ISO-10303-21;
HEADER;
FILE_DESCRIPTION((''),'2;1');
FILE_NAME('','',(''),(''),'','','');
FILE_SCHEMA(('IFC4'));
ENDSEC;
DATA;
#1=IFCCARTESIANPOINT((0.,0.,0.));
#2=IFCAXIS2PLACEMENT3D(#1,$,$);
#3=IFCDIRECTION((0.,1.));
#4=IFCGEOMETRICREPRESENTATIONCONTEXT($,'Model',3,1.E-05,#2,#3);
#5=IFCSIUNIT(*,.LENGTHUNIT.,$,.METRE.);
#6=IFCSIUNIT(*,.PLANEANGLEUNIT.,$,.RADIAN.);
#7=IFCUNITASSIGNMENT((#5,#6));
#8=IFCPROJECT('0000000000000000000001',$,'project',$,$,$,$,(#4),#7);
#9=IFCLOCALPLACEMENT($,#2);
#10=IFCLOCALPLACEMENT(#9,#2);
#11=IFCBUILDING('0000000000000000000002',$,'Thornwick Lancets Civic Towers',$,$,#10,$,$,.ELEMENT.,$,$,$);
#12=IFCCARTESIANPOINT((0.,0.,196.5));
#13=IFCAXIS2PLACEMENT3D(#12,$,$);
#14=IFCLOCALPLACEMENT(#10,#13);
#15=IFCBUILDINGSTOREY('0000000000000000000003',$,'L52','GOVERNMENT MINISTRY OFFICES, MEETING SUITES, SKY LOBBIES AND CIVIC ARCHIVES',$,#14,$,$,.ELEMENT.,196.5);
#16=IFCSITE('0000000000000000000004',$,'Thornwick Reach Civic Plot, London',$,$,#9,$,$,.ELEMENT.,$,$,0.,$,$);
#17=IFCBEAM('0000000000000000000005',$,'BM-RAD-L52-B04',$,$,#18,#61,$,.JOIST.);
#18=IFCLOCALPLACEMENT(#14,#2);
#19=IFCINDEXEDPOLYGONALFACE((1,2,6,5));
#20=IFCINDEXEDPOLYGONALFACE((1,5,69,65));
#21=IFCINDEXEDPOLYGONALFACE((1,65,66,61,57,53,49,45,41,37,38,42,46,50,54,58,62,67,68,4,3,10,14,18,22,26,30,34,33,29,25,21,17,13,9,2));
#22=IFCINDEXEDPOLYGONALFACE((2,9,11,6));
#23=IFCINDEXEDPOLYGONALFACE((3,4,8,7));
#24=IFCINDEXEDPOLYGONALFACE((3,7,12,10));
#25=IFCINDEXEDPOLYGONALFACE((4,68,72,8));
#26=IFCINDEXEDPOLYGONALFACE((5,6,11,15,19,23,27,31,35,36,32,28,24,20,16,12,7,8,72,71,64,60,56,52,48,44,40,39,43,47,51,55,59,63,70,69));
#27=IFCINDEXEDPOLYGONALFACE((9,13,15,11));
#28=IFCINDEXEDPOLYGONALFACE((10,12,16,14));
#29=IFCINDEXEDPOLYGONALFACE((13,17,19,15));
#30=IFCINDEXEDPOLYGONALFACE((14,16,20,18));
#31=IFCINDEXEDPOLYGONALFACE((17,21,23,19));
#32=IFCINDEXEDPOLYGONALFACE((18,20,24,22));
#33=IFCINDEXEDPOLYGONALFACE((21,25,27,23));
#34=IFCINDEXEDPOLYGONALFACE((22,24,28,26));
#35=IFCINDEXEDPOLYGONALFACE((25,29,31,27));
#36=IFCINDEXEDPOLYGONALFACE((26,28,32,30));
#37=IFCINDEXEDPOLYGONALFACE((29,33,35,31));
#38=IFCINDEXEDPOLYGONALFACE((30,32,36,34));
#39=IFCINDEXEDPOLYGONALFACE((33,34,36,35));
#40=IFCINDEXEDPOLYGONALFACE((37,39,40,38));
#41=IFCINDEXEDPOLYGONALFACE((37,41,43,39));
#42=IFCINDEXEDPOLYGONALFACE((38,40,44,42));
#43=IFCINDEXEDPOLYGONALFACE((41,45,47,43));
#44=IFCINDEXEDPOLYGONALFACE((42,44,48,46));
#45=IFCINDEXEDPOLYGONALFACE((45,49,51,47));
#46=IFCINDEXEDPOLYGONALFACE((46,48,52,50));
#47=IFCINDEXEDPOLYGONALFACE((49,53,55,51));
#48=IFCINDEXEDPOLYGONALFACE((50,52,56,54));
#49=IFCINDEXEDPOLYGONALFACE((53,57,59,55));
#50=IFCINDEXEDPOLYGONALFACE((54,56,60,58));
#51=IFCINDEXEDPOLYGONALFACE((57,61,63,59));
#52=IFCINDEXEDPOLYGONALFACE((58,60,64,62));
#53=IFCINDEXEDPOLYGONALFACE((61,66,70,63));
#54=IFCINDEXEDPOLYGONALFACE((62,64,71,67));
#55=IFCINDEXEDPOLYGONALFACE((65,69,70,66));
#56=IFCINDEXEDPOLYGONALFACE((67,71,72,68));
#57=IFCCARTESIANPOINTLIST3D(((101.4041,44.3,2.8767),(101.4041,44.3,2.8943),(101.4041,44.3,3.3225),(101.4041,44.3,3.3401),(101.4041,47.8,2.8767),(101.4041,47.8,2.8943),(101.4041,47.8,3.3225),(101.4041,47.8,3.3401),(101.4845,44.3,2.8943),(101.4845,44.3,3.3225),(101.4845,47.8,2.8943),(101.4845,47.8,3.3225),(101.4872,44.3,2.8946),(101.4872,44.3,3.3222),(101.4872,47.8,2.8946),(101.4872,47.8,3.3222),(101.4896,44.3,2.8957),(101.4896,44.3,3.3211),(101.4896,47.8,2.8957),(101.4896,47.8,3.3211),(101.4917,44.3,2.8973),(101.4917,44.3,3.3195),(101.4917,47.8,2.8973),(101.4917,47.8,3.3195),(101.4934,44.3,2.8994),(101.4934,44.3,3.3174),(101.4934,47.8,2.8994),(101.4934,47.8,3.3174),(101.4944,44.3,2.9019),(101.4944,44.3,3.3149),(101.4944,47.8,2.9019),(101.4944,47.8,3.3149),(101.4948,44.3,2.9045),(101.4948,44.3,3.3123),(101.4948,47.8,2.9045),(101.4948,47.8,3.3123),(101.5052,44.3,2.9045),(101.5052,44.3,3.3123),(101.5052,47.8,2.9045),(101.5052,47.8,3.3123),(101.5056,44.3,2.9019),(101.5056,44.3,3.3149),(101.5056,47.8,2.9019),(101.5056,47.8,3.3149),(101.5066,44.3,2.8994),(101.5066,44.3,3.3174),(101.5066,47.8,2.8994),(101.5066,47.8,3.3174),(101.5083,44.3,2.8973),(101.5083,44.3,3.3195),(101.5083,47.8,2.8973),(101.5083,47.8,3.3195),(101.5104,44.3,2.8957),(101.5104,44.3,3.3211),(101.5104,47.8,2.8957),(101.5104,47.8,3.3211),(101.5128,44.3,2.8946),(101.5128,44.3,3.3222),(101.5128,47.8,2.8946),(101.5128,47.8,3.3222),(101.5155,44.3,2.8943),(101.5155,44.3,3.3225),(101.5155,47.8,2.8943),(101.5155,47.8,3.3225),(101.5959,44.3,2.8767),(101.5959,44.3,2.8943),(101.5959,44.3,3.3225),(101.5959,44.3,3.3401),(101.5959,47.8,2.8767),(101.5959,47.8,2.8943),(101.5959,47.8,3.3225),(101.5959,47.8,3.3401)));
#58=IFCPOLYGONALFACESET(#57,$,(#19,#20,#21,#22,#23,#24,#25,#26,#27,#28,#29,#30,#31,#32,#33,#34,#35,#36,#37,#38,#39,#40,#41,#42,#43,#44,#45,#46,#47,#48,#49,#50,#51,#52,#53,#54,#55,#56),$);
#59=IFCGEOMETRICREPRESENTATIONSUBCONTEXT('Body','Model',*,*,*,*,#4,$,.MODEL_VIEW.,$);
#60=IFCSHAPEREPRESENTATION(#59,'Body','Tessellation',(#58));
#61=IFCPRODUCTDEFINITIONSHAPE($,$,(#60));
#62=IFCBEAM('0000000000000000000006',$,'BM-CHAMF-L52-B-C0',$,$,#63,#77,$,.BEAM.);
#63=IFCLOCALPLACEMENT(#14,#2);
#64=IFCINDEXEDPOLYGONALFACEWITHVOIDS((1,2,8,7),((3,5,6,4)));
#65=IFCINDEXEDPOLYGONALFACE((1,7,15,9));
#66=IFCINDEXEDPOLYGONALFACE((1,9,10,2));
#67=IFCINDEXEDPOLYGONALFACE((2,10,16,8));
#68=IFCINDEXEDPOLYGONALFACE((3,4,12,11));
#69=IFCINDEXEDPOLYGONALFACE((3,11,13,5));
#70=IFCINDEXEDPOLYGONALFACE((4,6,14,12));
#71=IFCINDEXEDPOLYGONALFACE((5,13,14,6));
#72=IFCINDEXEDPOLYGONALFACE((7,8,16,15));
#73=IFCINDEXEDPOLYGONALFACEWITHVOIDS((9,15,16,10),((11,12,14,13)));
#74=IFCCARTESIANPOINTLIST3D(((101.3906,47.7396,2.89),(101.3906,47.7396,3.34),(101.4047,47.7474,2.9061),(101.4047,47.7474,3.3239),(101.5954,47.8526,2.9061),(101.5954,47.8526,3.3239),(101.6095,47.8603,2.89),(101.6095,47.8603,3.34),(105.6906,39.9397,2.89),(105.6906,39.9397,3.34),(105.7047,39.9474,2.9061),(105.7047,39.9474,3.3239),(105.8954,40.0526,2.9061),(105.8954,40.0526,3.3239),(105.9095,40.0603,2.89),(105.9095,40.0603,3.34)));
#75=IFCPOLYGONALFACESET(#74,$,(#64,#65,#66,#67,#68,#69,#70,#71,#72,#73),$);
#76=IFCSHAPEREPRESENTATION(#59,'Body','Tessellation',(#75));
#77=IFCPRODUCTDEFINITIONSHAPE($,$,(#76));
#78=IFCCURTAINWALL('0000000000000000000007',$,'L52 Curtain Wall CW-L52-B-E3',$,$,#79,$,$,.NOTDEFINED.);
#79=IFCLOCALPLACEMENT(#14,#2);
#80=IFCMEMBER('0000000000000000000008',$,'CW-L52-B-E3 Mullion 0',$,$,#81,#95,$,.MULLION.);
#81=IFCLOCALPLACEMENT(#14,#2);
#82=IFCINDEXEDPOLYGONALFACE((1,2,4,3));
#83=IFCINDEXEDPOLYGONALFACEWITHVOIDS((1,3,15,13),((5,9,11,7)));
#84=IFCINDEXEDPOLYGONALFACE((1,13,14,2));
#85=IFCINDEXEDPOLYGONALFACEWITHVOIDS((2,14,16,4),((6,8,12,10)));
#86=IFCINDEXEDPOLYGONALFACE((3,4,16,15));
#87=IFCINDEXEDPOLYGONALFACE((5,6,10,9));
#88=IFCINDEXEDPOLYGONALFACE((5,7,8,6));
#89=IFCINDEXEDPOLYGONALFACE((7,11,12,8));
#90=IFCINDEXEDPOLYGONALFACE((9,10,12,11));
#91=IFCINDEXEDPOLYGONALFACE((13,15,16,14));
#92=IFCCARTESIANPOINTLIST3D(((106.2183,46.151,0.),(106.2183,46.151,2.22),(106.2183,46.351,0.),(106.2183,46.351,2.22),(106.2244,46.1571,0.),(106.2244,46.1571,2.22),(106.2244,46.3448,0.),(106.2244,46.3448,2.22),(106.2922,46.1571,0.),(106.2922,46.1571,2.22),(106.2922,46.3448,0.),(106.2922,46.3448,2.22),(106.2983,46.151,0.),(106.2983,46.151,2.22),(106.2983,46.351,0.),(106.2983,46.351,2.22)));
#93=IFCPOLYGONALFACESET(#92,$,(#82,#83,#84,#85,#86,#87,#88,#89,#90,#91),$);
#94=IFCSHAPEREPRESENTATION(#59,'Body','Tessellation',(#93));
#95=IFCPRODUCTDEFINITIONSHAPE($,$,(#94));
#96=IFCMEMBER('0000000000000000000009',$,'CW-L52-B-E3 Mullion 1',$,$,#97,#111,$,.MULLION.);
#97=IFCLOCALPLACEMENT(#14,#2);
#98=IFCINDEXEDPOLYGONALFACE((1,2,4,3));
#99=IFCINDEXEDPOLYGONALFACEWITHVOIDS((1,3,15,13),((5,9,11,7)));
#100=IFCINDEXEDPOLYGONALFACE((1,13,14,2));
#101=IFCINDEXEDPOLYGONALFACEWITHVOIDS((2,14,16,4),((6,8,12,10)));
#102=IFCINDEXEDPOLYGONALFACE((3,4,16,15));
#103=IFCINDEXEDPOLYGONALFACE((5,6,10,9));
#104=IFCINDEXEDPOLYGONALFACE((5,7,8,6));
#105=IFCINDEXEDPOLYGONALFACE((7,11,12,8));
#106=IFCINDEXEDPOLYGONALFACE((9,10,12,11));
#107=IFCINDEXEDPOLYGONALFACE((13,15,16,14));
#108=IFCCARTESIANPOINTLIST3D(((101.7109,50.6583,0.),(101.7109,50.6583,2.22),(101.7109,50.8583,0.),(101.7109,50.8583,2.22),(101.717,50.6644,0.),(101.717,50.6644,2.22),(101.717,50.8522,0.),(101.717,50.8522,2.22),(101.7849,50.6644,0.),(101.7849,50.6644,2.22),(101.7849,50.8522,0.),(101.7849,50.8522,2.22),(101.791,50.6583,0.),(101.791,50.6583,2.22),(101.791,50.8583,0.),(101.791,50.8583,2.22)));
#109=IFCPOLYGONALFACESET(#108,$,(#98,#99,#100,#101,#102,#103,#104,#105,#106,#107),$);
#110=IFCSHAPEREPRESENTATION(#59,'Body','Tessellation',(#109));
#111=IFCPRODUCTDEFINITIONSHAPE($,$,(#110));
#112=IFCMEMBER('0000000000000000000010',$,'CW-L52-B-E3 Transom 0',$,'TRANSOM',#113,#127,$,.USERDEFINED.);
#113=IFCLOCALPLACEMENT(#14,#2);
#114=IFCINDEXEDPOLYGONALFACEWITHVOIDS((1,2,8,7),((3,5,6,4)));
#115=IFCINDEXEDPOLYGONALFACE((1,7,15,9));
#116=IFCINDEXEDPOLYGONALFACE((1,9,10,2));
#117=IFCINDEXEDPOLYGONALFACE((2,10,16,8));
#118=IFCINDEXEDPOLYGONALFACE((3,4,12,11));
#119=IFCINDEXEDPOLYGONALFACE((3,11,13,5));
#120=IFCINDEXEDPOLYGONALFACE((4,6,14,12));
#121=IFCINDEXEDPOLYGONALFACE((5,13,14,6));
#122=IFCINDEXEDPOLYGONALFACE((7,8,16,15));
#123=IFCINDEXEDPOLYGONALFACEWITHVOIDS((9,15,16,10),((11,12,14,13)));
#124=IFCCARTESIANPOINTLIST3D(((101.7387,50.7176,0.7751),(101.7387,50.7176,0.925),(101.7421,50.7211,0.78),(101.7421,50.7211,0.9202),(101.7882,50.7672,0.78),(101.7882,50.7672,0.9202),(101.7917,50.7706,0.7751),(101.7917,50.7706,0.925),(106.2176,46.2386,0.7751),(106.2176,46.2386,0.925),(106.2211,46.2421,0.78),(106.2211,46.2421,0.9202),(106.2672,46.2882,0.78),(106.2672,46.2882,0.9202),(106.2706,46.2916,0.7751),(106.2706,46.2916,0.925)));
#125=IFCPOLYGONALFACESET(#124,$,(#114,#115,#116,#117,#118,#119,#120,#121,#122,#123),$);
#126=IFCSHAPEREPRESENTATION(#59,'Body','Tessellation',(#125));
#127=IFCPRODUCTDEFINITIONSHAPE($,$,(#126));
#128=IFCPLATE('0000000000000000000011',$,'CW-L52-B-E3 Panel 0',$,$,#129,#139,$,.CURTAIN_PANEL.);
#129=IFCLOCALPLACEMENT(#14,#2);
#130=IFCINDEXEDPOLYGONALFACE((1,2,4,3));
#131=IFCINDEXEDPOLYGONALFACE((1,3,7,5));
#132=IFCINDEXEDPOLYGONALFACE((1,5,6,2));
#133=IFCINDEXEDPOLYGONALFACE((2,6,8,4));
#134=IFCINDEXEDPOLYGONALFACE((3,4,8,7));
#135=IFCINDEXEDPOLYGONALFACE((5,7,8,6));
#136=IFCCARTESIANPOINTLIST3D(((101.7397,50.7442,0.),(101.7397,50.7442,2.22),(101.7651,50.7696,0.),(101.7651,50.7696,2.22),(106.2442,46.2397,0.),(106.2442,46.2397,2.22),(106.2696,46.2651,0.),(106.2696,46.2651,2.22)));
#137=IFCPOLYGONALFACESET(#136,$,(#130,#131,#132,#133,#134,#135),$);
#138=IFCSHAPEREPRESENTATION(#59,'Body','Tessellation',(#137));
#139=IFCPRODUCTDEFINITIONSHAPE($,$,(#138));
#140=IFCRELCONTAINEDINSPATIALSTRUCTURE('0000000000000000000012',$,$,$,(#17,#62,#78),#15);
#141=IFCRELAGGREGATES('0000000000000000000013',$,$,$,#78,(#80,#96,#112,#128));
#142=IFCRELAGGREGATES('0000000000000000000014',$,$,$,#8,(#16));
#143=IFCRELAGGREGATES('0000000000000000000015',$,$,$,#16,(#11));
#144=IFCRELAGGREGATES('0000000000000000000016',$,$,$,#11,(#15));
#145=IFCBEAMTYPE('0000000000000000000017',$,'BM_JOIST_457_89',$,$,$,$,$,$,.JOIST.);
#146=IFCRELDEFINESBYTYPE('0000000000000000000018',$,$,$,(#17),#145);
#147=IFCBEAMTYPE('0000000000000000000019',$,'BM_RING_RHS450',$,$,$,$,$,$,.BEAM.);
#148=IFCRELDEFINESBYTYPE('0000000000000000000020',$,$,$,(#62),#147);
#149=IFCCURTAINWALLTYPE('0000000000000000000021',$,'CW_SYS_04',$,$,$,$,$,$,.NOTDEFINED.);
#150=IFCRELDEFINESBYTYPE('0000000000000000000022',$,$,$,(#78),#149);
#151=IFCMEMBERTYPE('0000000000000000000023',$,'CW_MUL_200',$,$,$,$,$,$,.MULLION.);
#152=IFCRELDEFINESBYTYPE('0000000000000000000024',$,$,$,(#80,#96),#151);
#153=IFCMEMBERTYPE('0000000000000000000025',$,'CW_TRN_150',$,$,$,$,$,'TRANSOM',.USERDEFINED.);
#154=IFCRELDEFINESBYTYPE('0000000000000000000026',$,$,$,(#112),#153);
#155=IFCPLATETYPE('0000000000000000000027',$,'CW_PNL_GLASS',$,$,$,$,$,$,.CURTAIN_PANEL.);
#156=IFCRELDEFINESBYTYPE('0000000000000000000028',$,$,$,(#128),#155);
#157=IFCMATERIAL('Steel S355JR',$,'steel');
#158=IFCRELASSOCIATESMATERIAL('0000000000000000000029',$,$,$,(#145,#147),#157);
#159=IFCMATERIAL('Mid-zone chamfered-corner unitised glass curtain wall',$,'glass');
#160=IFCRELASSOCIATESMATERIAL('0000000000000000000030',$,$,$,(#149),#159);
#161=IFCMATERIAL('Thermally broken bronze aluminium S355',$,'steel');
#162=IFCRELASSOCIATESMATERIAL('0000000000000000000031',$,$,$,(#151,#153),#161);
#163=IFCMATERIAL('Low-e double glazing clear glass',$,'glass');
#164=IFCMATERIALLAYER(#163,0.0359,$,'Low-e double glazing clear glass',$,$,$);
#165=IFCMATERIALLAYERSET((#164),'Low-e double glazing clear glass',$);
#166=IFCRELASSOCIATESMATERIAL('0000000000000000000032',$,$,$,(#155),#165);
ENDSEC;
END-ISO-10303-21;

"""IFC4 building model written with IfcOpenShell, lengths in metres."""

from ifc_helpers import new_model, si_unit, direction, frame, origin, origin_2d, place, context, subcontext, project, spatial, rectangle, hollow_rectangle, i_section, extrude, material, layer, layer_set, material_profile, profile_set, type_object, element, aggregate, save


model = new_model("IFC4")

# Units and contexts
model_context = context("Model", 3, precision=1e-05, world=origin(), true_north=direction((0.0, 1.0)))
body_context = subcontext(model_context, "Body", "Model", "MODEL_VIEW")
ifc_project = project(units=[si_unit("LENGTHUNIT", "METRE"), si_unit("PLANEANGLEUNIT", "RADIAN")], contexts=[model_context])

# Site, building, storey
site_placement = place(None, origin())
site = spatial("IfcSite", under=ifc_project, at=site_placement, Name="Thornwick Reach Civic Plot, London", CompositionType="ELEMENT", RefElevation=0.0)
building_placement = place(site_placement, origin())
building = spatial("IfcBuilding", under=site, at=building_placement, Name="Thornwick Lancets Civic Towers", CompositionType="ELEMENT")
storey_placement = place(building_placement, frame((0.0, 0.0, 196.5)))
storey = spatial("IfcBuildingStorey", under=building, at=storey_placement, Name="L52", Description="GOVERNMENT MINISTRY OFFICES, MEETING SUITES, SKY LOBBIES AND CIVIC ARCHIVES", CompositionType="ELEMENT", Elevation=196.5)

# Beams
ifc_material_1 = material(Name="Steel S355JR", Category="steel")
ifc_material_profile_1 = material_profile(ifc_material_1, i_section(OverallWidth=0.1919, OverallDepth=0.4634, WebThickness=0.0105, FlangeThickness=0.0176, FilletRadius=0.0103, at=origin_2d()), Name="UKB 457x191x89")
ifc_profile_set_1 = profile_set([ifc_material_profile_1], Name="Steel S355JR")
beam_type_1 = type_object("IfcBeamType", Name="BM_JOIST_457_89", PredefinedType="JOIST", material=ifc_profile_set_1)
beam_1_placement = place(storey_placement, frame((101.5, 44.3, 3.1084), z_axis=(0.0, 1.0, 0.0), x_axis=(-1.0, 0.0, 0.0)))
element("IfcBeam", 1, at=beam_1_placement, inside=storey, type_object=beam_type_1, Name="BM-RAD-L52-B04", PredefinedType="JOIST", context=body_context, shape_type="SweptSolid", body=[
    extrude(i_section(OverallWidth=0.1919, OverallDepth=0.4634, WebThickness=0.0105, FlangeThickness=0.0176, FilletRadius=0.0103, at=origin_2d()), origin(), (0.0, 0.0, 1.0), 3.5),
])
ifc_material_profile_2 = material_profile(ifc_material_1, hollow_rectangle(XDim=0.25, YDim=0.45, WallThickness=0.0161, at=origin_2d()), Name="RHS 450x250x16")
ifc_profile_set_2 = profile_set([ifc_material_profile_2], Name="Steel S355JR")
beam_type_2 = type_object("IfcBeamType", Name="BM_RING_RHS450", PredefinedType="BEAM", material=ifc_profile_set_2)
beam_2_placement = place(storey_placement, frame((105.8, 40.0, 3.115), z_axis=(-0.482782, 0.87574, 0.0), x_axis=(-0.87574, -0.482782, 0.0)))
element("IfcBeam", 2, at=beam_2_placement, inside=storey, type_object=beam_type_2, Name="BM-CHAMF-L52-B-C0", PredefinedType="BEAM", context=body_context, shape_type="SweptSolid", body=[
    extrude(hollow_rectangle(XDim=0.25, YDim=0.45, WallThickness=0.0161, at=origin_2d()), origin(), (0.0, 0.0, 1.0), 8.9067),
])

# Curtain wall, members, plate
ifc_material_2 = material(Name="Mid-zone chamfered-corner unitised glass curtain wall", Category="glass")
curtain_wall_type = type_object("IfcCurtainWallType", Name="CW_SYS_04", PredefinedType="NOTDEFINED", material=ifc_material_2)
curtain_wall_placement = place(storey_placement, origin())
curtain_wall = element("IfcCurtainWall", 3, at=curtain_wall_placement, inside=storey, type_object=curtain_wall_type, Name="L52 Curtain Wall CW-L52-B-E3", PredefinedType="NOTDEFINED")
ifc_material_3 = material(Name="Thermally broken bronze aluminium S355", Category="steel")
ifc_material_profile_3 = material_profile(ifc_material_3, hollow_rectangle(XDim=0.0801, YDim=0.2, WallThickness=0.0061, at=origin_2d()), Name="RHS 200x80x6")
ifc_profile_set_3 = profile_set([ifc_material_profile_3], Name="Thermally broken bronze aluminium S355")
member_type_1 = type_object("IfcMemberType", Name="CW_MUL_200", PredefinedType="MULLION", material=ifc_profile_set_3)
member_1_placement = place(storey_placement, frame((106.2583, 46.251, 0.0), z_axis=(0.0, 0.0, 1.0), x_axis=(1.0, 0.0, 0.0)))
member_1 = element("IfcMember", 4, at=member_1_placement, type_object=member_type_1, Name="CW-L52-B-E3 Mullion 0", PredefinedType="MULLION", context=body_context, shape_type="SweptSolid", body=[
    extrude(hollow_rectangle(XDim=0.0801, YDim=0.2, WallThickness=0.0061, at=origin_2d()), origin(), (0.0, 0.0, 1.0), 2.22),
])
member_2_placement = place(storey_placement, frame((101.751, 50.7583, 0.0), z_axis=(0.0, 0.0, 1.0), x_axis=(1.0, 0.0, 0.0)))
member_2 = element("IfcMember", 5, at=member_2_placement, type_object=member_type_1, Name="CW-L52-B-E3 Mullion 1", PredefinedType="MULLION", context=body_context, shape_type="SweptSolid", body=[
    extrude(hollow_rectangle(XDim=0.0801, YDim=0.2, WallThickness=0.0061, at=origin_2d()), origin(), (0.0, 0.0, 1.0), 2.22),
])
ifc_material_profile_4 = material_profile(ifc_material_3, hollow_rectangle(XDim=0.075, YDim=0.1499, WallThickness=0.0049, at=origin_2d()), Name="RHS 150x75x5")
ifc_profile_set_4 = profile_set([ifc_material_profile_4], Name="Thermally broken bronze aluminium S355")
member_type_2 = type_object("IfcMemberType", Name="CW_TRN_150", ElementType="TRANSOM", PredefinedType="USERDEFINED", material=ifc_profile_set_4)
member_3_placement = place(storey_placement, frame((106.2441, 46.2651, 0.8501), z_axis=(-0.707107, 0.707107, 0.0), x_axis=(-0.707107, -0.707107, 0.0)))
member_3 = element("IfcMember", 6, at=member_3_placement, type_object=member_type_2, Name="CW-L52-B-E3 Transom 0", ObjectType="TRANSOM", PredefinedType="USERDEFINED", context=body_context, shape_type="SweptSolid", body=[
    extrude(hollow_rectangle(XDim=0.075, YDim=0.1499, WallThickness=0.0049, at=origin_2d()), origin(), (0.0, 0.0, 1.0), 6.3342),
])
ifc_material_4 = material(Name="Low-e double glazing clear glass", Category="glass")
ifc_layer_1 = layer(ifc_material_4, 0.0359, Name="Low-e double glazing clear glass")
ifc_layer_set_1 = layer_set([ifc_layer_1], Name="Low-e double glazing clear glass")
plate_type = type_object("IfcPlateType", Name="CW_PNL_GLASS", PredefinedType="CURTAIN_PANEL", material=ifc_layer_set_1)
plate_placement = place(storey_placement, frame((104.0046, 48.5046, 0.0), z_axis=(0.0, 0.0, 1.0), x_axis=(-0.707107, 0.707107, 0.0)))
plate = element("IfcPlate", 7, at=plate_placement, type_object=plate_type, Name="CW-L52-B-E3 Panel 0", PredefinedType="CURTAIN_PANEL", context=body_context, shape_type="SweptSolid", body=[
    extrude(rectangle(XDim=6.3704, YDim=0.0359, at=origin_2d()), origin(), (0.0, 0.0, 1.0), 2.22),
])
aggregate(curtain_wall, [member_1, member_2, member_3, plate])

save(model, "model.ifc")
